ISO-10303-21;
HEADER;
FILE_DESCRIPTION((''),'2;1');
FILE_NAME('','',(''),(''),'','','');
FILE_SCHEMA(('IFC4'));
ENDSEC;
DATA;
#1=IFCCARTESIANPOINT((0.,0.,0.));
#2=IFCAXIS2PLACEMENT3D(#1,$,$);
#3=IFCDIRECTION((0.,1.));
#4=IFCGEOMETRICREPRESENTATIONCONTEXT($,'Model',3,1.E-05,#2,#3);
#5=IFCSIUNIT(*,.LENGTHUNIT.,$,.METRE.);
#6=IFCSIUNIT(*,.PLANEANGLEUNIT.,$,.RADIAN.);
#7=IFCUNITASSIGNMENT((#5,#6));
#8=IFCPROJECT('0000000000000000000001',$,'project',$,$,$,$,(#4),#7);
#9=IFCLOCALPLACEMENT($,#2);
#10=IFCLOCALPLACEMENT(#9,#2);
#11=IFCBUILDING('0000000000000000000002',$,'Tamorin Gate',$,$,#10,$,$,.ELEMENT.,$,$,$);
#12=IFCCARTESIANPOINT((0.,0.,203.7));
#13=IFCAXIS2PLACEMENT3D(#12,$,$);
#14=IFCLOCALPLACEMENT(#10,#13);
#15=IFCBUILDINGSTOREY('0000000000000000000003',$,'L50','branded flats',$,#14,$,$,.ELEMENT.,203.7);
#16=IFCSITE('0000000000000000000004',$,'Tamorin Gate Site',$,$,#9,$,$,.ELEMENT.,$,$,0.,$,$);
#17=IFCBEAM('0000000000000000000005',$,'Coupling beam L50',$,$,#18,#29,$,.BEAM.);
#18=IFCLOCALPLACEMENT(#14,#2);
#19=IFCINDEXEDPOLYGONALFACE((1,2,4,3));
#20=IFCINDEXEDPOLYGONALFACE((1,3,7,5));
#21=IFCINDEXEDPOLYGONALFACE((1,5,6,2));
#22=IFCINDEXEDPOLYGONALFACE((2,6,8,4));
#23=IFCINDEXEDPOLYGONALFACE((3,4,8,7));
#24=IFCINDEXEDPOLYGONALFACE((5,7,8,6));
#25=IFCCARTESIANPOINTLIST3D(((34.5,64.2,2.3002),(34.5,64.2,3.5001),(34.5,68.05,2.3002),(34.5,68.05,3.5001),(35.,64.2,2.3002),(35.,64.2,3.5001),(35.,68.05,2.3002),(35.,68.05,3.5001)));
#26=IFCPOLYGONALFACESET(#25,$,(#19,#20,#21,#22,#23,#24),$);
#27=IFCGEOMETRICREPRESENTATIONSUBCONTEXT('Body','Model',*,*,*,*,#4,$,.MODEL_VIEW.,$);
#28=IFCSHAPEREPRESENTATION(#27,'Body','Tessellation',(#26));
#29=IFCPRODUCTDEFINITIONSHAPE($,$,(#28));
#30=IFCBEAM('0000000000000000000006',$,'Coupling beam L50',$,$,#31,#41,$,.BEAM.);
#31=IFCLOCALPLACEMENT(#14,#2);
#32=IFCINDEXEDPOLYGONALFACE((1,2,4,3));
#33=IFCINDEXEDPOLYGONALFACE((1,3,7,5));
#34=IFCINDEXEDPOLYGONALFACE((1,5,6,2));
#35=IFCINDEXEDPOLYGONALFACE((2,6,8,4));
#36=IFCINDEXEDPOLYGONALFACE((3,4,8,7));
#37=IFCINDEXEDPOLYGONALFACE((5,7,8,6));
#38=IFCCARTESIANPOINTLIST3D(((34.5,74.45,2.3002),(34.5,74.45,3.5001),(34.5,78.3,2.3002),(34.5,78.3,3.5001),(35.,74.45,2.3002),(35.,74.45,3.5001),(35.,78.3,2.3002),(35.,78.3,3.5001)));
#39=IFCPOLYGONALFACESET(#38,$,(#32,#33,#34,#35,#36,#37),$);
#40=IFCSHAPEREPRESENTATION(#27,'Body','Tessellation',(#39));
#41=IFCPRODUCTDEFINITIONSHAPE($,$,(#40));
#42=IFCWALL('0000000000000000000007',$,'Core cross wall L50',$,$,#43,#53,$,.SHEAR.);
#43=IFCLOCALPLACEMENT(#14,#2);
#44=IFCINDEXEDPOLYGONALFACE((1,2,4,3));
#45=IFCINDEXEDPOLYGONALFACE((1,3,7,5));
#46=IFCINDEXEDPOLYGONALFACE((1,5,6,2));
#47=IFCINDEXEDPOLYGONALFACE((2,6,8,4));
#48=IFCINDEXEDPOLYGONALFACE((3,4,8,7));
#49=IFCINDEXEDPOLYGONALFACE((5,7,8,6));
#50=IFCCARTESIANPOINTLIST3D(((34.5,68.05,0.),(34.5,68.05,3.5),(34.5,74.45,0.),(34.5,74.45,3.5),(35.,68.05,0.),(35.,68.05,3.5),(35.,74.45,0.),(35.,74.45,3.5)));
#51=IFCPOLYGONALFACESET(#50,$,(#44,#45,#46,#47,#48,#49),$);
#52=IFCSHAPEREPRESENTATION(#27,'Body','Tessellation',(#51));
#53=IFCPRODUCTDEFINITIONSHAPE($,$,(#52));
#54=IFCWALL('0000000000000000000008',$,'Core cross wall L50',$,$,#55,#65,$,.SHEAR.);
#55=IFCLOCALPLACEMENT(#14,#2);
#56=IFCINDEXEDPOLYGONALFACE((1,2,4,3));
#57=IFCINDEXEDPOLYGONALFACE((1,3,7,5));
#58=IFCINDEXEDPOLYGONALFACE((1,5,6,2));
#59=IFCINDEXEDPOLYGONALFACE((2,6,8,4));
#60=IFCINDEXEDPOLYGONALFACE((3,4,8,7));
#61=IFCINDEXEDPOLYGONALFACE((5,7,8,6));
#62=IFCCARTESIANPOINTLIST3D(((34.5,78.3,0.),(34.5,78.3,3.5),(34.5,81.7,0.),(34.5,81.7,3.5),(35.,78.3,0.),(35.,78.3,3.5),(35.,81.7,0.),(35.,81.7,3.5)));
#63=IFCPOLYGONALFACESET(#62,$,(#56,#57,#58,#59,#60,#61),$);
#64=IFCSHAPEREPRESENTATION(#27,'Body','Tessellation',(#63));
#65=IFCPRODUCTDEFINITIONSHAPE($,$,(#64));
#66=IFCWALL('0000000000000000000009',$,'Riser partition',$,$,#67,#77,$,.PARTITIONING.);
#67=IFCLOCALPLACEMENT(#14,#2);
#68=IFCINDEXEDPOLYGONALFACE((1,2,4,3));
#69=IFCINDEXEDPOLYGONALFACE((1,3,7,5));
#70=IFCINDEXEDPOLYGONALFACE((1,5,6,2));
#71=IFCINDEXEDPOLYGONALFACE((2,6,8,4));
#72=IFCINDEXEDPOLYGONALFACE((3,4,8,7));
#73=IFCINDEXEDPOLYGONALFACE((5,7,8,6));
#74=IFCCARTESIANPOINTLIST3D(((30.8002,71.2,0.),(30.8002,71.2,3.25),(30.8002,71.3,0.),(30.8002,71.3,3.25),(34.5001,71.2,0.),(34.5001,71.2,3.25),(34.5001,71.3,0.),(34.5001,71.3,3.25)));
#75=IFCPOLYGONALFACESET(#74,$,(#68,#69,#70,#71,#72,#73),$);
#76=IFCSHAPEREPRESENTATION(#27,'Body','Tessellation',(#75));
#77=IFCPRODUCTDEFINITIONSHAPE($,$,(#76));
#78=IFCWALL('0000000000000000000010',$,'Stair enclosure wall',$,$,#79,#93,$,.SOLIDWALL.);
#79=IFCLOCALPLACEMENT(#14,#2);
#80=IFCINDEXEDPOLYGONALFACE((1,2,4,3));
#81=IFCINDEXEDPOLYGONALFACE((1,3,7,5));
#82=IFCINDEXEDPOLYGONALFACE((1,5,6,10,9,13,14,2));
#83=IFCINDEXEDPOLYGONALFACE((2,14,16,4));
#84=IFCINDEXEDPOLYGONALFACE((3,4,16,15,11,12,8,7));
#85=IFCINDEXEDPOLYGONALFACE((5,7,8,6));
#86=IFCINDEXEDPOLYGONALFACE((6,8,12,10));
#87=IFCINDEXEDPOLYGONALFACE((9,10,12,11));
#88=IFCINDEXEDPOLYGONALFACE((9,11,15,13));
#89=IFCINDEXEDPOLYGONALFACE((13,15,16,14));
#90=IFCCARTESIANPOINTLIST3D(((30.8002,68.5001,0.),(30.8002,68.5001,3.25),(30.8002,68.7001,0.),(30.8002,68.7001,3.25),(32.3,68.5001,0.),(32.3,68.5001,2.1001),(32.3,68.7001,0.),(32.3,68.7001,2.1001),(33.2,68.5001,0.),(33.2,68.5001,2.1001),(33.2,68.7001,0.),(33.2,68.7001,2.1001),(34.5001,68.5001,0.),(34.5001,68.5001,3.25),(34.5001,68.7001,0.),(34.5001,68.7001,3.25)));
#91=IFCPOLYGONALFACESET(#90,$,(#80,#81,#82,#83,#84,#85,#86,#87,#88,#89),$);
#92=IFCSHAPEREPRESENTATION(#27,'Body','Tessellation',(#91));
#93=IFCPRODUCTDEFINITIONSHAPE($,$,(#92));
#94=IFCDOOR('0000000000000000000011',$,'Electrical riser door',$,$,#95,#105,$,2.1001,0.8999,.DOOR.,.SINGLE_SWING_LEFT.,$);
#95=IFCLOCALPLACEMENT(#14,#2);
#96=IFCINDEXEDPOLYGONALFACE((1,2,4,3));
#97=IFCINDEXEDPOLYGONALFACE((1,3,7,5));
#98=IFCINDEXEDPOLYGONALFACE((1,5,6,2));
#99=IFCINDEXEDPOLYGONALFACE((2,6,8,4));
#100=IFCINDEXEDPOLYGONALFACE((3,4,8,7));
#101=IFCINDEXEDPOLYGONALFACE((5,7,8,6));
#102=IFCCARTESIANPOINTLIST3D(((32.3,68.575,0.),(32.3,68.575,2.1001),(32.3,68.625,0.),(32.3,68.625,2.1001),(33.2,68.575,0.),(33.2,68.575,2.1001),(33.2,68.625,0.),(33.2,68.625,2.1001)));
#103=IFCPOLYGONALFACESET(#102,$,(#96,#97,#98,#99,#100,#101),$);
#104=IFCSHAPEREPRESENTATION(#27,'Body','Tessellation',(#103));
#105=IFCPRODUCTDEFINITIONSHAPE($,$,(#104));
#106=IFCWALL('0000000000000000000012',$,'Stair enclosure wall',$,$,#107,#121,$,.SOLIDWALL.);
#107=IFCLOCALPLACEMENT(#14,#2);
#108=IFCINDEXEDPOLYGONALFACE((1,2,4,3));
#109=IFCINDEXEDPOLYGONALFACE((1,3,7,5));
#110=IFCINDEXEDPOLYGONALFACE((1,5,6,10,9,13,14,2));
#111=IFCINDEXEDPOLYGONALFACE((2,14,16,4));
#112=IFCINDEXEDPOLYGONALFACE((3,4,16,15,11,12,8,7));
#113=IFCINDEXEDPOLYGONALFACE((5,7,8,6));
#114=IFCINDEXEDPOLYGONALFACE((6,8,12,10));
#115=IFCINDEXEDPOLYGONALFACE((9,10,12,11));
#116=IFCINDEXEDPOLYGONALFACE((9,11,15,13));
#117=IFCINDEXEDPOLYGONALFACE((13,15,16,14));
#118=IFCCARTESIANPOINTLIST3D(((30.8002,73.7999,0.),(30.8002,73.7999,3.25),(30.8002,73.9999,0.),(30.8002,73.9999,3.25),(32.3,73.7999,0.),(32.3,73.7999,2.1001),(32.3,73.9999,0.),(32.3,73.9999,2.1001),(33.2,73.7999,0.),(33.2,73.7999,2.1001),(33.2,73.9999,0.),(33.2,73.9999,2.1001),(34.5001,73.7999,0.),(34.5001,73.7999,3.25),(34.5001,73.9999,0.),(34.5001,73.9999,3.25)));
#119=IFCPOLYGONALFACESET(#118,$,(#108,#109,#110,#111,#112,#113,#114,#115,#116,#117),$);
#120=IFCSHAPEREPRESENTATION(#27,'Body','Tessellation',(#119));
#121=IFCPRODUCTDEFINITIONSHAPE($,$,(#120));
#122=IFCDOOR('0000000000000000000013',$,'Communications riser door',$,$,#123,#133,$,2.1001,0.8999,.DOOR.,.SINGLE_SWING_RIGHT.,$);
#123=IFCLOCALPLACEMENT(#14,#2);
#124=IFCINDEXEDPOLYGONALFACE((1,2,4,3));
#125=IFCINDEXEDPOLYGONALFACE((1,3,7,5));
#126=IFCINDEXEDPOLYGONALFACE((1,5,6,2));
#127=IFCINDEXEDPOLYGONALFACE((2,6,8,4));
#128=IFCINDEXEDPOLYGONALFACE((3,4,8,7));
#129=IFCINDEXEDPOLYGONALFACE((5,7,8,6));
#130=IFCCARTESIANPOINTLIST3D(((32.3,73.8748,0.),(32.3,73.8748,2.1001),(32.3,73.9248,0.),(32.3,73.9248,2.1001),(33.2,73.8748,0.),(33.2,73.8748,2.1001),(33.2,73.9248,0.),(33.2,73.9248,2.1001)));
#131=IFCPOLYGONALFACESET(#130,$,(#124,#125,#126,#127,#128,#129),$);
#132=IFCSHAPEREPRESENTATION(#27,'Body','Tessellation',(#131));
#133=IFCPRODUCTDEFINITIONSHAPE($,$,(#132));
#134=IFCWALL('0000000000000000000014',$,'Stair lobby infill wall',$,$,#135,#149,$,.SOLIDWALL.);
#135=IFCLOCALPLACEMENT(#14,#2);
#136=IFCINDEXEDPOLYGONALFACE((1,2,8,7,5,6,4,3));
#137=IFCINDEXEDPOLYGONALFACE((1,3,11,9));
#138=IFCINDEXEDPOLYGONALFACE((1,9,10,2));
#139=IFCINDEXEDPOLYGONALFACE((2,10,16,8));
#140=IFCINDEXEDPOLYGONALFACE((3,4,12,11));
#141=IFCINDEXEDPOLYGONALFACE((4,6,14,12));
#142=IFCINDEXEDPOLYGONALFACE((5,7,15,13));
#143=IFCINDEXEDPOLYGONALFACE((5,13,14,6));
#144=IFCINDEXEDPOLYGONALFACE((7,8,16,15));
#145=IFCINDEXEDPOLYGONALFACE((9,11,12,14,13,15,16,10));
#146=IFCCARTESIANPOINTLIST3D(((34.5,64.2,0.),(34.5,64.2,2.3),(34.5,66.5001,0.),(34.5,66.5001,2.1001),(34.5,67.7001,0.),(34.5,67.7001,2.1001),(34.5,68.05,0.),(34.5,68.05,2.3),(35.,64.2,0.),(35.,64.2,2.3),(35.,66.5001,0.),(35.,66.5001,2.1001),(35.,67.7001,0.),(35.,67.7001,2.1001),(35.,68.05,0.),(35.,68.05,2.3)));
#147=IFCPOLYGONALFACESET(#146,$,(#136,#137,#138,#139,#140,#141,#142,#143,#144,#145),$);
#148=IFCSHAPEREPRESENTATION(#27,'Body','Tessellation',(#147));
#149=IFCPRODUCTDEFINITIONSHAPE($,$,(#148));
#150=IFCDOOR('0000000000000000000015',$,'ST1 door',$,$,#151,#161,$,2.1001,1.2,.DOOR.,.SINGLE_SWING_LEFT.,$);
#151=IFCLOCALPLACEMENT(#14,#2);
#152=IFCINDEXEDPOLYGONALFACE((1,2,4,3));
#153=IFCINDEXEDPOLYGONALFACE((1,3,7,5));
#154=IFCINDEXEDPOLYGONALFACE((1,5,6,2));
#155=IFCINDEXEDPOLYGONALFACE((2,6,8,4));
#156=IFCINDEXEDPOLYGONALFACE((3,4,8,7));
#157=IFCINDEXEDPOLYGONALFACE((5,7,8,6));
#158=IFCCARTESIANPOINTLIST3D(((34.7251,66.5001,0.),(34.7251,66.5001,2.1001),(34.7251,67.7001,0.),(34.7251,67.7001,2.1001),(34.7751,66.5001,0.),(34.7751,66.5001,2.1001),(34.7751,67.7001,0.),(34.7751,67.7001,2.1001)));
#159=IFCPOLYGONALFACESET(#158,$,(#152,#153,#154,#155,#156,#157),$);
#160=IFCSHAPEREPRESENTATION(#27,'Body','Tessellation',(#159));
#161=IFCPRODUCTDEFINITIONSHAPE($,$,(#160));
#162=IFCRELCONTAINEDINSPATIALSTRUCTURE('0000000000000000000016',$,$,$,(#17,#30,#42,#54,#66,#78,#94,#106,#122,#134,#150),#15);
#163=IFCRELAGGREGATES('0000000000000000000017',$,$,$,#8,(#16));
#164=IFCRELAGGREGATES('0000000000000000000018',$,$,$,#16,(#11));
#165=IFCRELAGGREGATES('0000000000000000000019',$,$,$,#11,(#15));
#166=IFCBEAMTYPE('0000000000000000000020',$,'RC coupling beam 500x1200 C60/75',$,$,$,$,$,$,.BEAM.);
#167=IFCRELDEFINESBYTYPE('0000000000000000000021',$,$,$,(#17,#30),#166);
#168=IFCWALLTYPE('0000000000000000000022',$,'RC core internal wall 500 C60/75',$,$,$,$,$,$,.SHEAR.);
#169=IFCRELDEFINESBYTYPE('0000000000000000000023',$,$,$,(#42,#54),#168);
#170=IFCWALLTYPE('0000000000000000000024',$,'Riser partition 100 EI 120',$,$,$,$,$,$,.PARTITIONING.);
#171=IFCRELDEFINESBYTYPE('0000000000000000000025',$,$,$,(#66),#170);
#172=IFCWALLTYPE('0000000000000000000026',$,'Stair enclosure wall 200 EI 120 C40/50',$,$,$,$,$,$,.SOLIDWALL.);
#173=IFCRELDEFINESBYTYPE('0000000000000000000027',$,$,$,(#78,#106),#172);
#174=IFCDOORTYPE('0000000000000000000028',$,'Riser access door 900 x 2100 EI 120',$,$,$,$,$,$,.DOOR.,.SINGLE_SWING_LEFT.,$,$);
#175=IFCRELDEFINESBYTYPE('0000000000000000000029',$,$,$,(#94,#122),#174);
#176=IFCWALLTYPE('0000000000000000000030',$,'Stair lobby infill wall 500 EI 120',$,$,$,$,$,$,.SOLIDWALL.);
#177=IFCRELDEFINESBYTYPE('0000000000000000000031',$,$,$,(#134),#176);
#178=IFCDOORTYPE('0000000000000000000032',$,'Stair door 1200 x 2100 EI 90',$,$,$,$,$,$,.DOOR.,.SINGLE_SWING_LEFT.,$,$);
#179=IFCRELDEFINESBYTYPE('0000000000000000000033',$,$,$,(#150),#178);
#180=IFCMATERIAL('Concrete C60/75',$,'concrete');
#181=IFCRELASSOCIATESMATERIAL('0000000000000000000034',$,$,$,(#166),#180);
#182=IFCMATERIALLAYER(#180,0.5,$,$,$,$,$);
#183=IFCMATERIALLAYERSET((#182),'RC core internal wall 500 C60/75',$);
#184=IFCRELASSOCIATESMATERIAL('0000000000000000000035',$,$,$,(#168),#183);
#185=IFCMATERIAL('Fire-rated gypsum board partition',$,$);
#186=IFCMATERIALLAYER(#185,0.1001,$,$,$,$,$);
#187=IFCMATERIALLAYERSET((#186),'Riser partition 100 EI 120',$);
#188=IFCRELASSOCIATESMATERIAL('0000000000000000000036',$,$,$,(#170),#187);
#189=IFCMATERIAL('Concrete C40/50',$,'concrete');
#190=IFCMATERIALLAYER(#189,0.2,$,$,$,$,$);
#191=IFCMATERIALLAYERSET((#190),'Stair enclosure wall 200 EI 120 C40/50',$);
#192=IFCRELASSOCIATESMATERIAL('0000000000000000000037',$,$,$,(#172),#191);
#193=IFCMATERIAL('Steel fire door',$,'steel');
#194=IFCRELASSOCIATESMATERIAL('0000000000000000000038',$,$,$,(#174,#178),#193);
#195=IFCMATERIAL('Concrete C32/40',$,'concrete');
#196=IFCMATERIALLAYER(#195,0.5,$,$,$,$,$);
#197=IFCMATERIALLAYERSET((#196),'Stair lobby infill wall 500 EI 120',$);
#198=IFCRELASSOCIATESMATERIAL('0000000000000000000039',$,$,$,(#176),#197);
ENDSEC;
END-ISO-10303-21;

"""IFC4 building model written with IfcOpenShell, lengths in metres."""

from ifc_helpers import new_model, si_unit, direction, frame, frame_2d, origin, origin_2d, place, context, subcontext, project, spatial, rectangle, extrude, material, layer, layer_set, material_profile, profile_set, type_object, element, fill, save


model = new_model("IFC4")

# Units and contexts
model_context = context("Model", 3, precision=1e-05, world=origin(), true_north=direction((0.0, 1.0)))
body_context = subcontext(model_context, "Body", "Model", "MODEL_VIEW")
ifc_project = project(units=[si_unit("LENGTHUNIT", "METRE"), si_unit("PLANEANGLEUNIT", "RADIAN")], contexts=[model_context])

# Site, building, storey
site_placement = place(None, origin())
site = spatial("IfcSite", under=ifc_project, at=site_placement, Name="Tamorin Gate Site", CompositionType="ELEMENT", RefElevation=0.0)
building_placement = place(site_placement, origin())
building = spatial("IfcBuilding", under=site, at=building_placement, Name="Tamorin Gate", CompositionType="ELEMENT")
storey_placement = place(building_placement, frame((0.0, 0.0, 203.7)))
storey = spatial("IfcBuildingStorey", under=building, at=storey_placement, Name="L50", Description="branded flats", CompositionType="ELEMENT", Elevation=203.7)

# Beams
ifc_material_1 = material(Name="Concrete C60/75", Category="concrete")
ifc_material_profile = material_profile(ifc_material_1, rectangle(XDim=0.5, YDim=1.2, at=origin_2d()), Name="RC 500x1200")
ifc_profile_set = profile_set([ifc_material_profile], Name="Concrete C60/75")
beam_type = type_object("IfcBeamType", Name="RC coupling beam 500x1200 C60/75", PredefinedType="BEAM", material=ifc_profile_set)
for number, where, z_axis, x_axis, name in (
    (1, (34.75, 64.2, 2.9001), (0.0, 1.0, 0.0), (-1.0, 0.0, 0.0), "Coupling beam L50"),
    (2, (34.75, 74.45, 2.9001), (0.0, 1.0, 0.0), (-1.0, 0.0, 0.0), "Coupling beam L50"),
):
    element("IfcBeam", number, at=place(storey_placement, frame(where, z_axis=z_axis, x_axis=x_axis)), inside=storey, type_object=beam_type, Name=name, PredefinedType="BEAM", context=body_context, shape_type="SweptSolid", body=[
        extrude(rectangle(XDim=0.5, YDim=1.2, at=origin_2d()), origin(), (0.0, 0.0, 1.0), 3.8501),
    ])

# Walls
ifc_layer_1 = layer(ifc_material_1, 0.5)
ifc_layer_set_1 = layer_set([ifc_layer_1], Name="RC core internal wall 500 C60/75")
wall_type_1 = type_object("IfcWallType", Name="RC core internal wall 500 C60/75", PredefinedType="SHEAR", material=ifc_layer_set_1)
wall_1_placement = place(storey_placement, frame((34.75, 68.05, 0.0), z_axis=(0.0, 0.0, 1.0), x_axis=(0.0, 1.0, 0.0)))
element("IfcWall", 3, at=wall_1_placement, inside=storey, type_object=wall_type_1, Name="Core cross wall L50", PredefinedType="SHEAR", context=body_context, shape_type="SweptSolid", body=[
    extrude(rectangle(XDim=6.3999, YDim=0.5, at=frame_2d((3.2, 0.0))), origin(), (0.0, 0.0, 1.0), 3.5),
])
wall_2_placement = place(storey_placement, frame((34.75, 78.3, 0.0), z_axis=(0.0, 0.0, 1.0), x_axis=(0.0, 1.0, 0.0)))
element("IfcWall", 4, at=wall_2_placement, inside=storey, type_object=wall_type_1, Name="Core cross wall L50", PredefinedType="SHEAR", context=body_context, shape_type="SweptSolid", body=[
    extrude(rectangle(XDim=3.3999, YDim=0.5, at=frame_2d((1.7, 0.0))), origin(), (0.0, 0.0, 1.0), 3.5),
])
ifc_material_2 = material(Name="Fire-rated gypsum board partition")
ifc_layer_2 = layer(ifc_material_2, 0.1001)
ifc_layer_set_2 = layer_set([ifc_layer_2], Name="Riser partition 100 EI 120")
wall_type_2 = type_object("IfcWallType", Name="Riser partition 100 EI 120", PredefinedType="PARTITIONING", material=ifc_layer_set_2)
wall_3_placement = place(storey_placement, frame((30.8, 71.25, 0.0), z_axis=(0.0, 0.0, 1.0), x_axis=(1.0, 0.0, 0.0)))
element("IfcWall", 5, at=wall_3_placement, inside=storey, type_object=wall_type_2, Name="Riser partition", PredefinedType="PARTITIONING", context=body_context, shape_type="SweptSolid", body=[
    extrude(rectangle(XDim=3.7, YDim=0.1001, at=frame_2d((1.8501, 0.0))), origin(), (0.0, 0.0, 1.0), 3.25),
])

# Walls, openings, doors
ifc_material_3 = material(Name="Concrete C40/50", Category="concrete")
ifc_layer_3 = layer(ifc_material_3, 0.2)
ifc_layer_set_3 = layer_set([ifc_layer_3], Name="Stair enclosure wall 200 EI 120 C40/50")
wall_type_3 = type_object("IfcWallType", Name="Stair enclosure wall 200 EI 120 C40/50", PredefinedType="SOLIDWALL", material=ifc_layer_set_3)
wall_4_placement = place(storey_placement, frame((30.8, 68.6001, 0.0), z_axis=(0.0, 0.0, 1.0), x_axis=(1.0, 0.0, 0.0)))
wall_4 = element("IfcWall", 6, at=wall_4_placement, inside=storey, type_object=wall_type_3, Name="Stair enclosure wall", PredefinedType="SOLIDWALL", context=body_context, shape_type="SweptSolid", body=[
    extrude(rectangle(XDim=3.7, YDim=0.2, at=frame_2d((1.8501, 0.0))), origin(), (0.0, 0.0, 1.0), 3.25),
])
opening_1_placement = place(wall_4_placement, frame((1.5, 0.0, 0.0)))
opening_1 = element("IfcOpeningElement", 7, at=opening_1_placement, cuts=wall_4, PredefinedType="OPENING", context=body_context, shape_type="SweptSolid", body=[
    extrude(rectangle(XDim=0.8999, YDim=2.1001, at=frame_2d((0.45, 1.05))), frame((0.0, 0.1099, 0.0), z_axis=(0.0, -1.0, 0.0), x_axis=(1.0, 0.0, 0.0)), (0.0, 0.0, 1.0), 0.22),
])
ifc_material_4 = material(Name="Steel fire door", Category="steel")
door_type_1 = type_object("IfcDoorType", Name="Riser access door 900 x 2100 EI 120", OperationType="SINGLE_SWING_LEFT", PredefinedType="DOOR", material=ifc_material_4)
door_1_placement = place(opening_1_placement, origin())
door_1 = element("IfcDoor", 8, at=door_1_placement, inside=storey, type_object=door_type_1, Name="Electrical riser door", OperationType="SINGLE_SWING_LEFT", OverallHeight=2.1001, OverallWidth=0.8999, PredefinedType="DOOR", context=body_context, shape_type="SweptSolid", body=[
    extrude(rectangle(XDim=0.8999, YDim=2.1001, at=frame_2d((0.45, 1.05))), frame((0.0, 0.0249, 0.0), z_axis=(0.0, -1.0, 0.0), x_axis=(1.0, 0.0, 0.0)), (0.0, 0.0, 1.0), 0.05),
])
fill(opening_1, door_1)
wall_5_placement = place(storey_placement, frame((30.8, 73.8999, 0.0), z_axis=(0.0, 0.0, 1.0), x_axis=(1.0, 0.0, 0.0)))
wall_5 = element("IfcWall", 9, at=wall_5_placement, inside=storey, type_object=wall_type_3, Name="Stair enclosure wall", PredefinedType="SOLIDWALL", context=body_context, shape_type="SweptSolid", body=[
    extrude(rectangle(XDim=3.7, YDim=0.2, at=frame_2d((1.8501, 0.0))), origin(), (0.0, 0.0, 1.0), 3.25),
])
opening_2_placement = place(wall_5_placement, frame((1.5, 0.0, 0.0)))
opening_2 = element("IfcOpeningElement", 10, at=opening_2_placement, cuts=wall_5, PredefinedType="OPENING", context=body_context, shape_type="SweptSolid", body=[
    extrude(rectangle(XDim=0.8999, YDim=2.1001, at=frame_2d((0.45, 1.05))), frame((0.0, 0.1099, 0.0), z_axis=(0.0, -1.0, 0.0), x_axis=(1.0, 0.0, 0.0)), (0.0, 0.0, 1.0), 0.22),
])
door_2_placement = place(opening_2_placement, origin())
door_2 = element("IfcDoor", 11, at=door_2_placement, inside=storey, type_object=door_type_1, Name="Communications riser door", OperationType="SINGLE_SWING_RIGHT", OverallHeight=2.1001, OverallWidth=0.8999, PredefinedType="DOOR", context=body_context, shape_type="SweptSolid", body=[
    extrude(rectangle(XDim=0.8999, YDim=2.1001, at=frame_2d((0.45, 1.05))), frame((0.0, 0.0249, 0.0), z_axis=(0.0, -1.0, 0.0), x_axis=(1.0, 0.0, 0.0)), (0.0, 0.0, 1.0), 0.05),
])
fill(opening_2, door_2)
ifc_material_5 = material(Name="Concrete C32/40", Category="concrete")
ifc_layer_4 = layer(ifc_material_5, 0.5)
ifc_layer_set_4 = layer_set([ifc_layer_4], Name="Stair lobby infill wall 500 EI 120")
wall_type_4 = type_object("IfcWallType", Name="Stair lobby infill wall 500 EI 120", PredefinedType="SOLIDWALL", material=ifc_layer_set_4)
wall_6_placement = place(storey_placement, frame((34.75, 64.2, 0.0), z_axis=(0.0, 0.0, 1.0), x_axis=(0.0, 1.0, 0.0)))
wall_6 = element("IfcWall", 12, at=wall_6_placement, inside=storey, type_object=wall_type_4, Name="Stair lobby infill wall", PredefinedType="SOLIDWALL", context=body_context, shape_type="SweptSolid", body=[
    extrude(rectangle(XDim=3.8501, YDim=0.5, at=frame_2d((1.925, 0.0))), origin(), (0.0, 0.0, 1.0), 2.3),
])
opening_3_placement = place(wall_6_placement, frame((2.3, 0.0, 0.0)))
opening_3 = element("IfcOpeningElement", 13, at=opening_3_placement, cuts=wall_6, PredefinedType="OPENING", context=body_context, shape_type="SweptSolid", body=[
    extrude(rectangle(XDim=1.2, YDim=2.1001, at=frame_2d((0.6001, 1.05))), frame((0.0, 0.26, 0.0), z_axis=(0.0, -1.0, 0.0), x_axis=(1.0, 0.0, 0.0)), (0.0, 0.0, 1.0), 0.52),
])
door_type_2 = type_object("IfcDoorType", Name="Stair door 1200 x 2100 EI 90", OperationType="SINGLE_SWING_LEFT", PredefinedType="DOOR", material=ifc_material_4)
door_3_placement = place(opening_3_placement, origin())
door_3 = element("IfcDoor", 14, at=door_3_placement, inside=storey, type_object=door_type_2, Name="ST1 door", OperationType="SINGLE_SWING_LEFT", OverallHeight=2.1001, OverallWidth=1.2, PredefinedType="DOOR", context=body_context, shape_type="SweptSolid", body=[
    extrude(rectangle(XDim=1.2, YDim=2.1001, at=frame_2d((0.6001, 1.05))), frame((0.0, 0.0249, 0.0), z_axis=(0.0, -1.0, 0.0), x_axis=(1.0, 0.0, 0.0)), (0.0, 0.0, 1.0), 0.05),
])
fill(opening_3, door_3)

save(model, "model.ifc")
